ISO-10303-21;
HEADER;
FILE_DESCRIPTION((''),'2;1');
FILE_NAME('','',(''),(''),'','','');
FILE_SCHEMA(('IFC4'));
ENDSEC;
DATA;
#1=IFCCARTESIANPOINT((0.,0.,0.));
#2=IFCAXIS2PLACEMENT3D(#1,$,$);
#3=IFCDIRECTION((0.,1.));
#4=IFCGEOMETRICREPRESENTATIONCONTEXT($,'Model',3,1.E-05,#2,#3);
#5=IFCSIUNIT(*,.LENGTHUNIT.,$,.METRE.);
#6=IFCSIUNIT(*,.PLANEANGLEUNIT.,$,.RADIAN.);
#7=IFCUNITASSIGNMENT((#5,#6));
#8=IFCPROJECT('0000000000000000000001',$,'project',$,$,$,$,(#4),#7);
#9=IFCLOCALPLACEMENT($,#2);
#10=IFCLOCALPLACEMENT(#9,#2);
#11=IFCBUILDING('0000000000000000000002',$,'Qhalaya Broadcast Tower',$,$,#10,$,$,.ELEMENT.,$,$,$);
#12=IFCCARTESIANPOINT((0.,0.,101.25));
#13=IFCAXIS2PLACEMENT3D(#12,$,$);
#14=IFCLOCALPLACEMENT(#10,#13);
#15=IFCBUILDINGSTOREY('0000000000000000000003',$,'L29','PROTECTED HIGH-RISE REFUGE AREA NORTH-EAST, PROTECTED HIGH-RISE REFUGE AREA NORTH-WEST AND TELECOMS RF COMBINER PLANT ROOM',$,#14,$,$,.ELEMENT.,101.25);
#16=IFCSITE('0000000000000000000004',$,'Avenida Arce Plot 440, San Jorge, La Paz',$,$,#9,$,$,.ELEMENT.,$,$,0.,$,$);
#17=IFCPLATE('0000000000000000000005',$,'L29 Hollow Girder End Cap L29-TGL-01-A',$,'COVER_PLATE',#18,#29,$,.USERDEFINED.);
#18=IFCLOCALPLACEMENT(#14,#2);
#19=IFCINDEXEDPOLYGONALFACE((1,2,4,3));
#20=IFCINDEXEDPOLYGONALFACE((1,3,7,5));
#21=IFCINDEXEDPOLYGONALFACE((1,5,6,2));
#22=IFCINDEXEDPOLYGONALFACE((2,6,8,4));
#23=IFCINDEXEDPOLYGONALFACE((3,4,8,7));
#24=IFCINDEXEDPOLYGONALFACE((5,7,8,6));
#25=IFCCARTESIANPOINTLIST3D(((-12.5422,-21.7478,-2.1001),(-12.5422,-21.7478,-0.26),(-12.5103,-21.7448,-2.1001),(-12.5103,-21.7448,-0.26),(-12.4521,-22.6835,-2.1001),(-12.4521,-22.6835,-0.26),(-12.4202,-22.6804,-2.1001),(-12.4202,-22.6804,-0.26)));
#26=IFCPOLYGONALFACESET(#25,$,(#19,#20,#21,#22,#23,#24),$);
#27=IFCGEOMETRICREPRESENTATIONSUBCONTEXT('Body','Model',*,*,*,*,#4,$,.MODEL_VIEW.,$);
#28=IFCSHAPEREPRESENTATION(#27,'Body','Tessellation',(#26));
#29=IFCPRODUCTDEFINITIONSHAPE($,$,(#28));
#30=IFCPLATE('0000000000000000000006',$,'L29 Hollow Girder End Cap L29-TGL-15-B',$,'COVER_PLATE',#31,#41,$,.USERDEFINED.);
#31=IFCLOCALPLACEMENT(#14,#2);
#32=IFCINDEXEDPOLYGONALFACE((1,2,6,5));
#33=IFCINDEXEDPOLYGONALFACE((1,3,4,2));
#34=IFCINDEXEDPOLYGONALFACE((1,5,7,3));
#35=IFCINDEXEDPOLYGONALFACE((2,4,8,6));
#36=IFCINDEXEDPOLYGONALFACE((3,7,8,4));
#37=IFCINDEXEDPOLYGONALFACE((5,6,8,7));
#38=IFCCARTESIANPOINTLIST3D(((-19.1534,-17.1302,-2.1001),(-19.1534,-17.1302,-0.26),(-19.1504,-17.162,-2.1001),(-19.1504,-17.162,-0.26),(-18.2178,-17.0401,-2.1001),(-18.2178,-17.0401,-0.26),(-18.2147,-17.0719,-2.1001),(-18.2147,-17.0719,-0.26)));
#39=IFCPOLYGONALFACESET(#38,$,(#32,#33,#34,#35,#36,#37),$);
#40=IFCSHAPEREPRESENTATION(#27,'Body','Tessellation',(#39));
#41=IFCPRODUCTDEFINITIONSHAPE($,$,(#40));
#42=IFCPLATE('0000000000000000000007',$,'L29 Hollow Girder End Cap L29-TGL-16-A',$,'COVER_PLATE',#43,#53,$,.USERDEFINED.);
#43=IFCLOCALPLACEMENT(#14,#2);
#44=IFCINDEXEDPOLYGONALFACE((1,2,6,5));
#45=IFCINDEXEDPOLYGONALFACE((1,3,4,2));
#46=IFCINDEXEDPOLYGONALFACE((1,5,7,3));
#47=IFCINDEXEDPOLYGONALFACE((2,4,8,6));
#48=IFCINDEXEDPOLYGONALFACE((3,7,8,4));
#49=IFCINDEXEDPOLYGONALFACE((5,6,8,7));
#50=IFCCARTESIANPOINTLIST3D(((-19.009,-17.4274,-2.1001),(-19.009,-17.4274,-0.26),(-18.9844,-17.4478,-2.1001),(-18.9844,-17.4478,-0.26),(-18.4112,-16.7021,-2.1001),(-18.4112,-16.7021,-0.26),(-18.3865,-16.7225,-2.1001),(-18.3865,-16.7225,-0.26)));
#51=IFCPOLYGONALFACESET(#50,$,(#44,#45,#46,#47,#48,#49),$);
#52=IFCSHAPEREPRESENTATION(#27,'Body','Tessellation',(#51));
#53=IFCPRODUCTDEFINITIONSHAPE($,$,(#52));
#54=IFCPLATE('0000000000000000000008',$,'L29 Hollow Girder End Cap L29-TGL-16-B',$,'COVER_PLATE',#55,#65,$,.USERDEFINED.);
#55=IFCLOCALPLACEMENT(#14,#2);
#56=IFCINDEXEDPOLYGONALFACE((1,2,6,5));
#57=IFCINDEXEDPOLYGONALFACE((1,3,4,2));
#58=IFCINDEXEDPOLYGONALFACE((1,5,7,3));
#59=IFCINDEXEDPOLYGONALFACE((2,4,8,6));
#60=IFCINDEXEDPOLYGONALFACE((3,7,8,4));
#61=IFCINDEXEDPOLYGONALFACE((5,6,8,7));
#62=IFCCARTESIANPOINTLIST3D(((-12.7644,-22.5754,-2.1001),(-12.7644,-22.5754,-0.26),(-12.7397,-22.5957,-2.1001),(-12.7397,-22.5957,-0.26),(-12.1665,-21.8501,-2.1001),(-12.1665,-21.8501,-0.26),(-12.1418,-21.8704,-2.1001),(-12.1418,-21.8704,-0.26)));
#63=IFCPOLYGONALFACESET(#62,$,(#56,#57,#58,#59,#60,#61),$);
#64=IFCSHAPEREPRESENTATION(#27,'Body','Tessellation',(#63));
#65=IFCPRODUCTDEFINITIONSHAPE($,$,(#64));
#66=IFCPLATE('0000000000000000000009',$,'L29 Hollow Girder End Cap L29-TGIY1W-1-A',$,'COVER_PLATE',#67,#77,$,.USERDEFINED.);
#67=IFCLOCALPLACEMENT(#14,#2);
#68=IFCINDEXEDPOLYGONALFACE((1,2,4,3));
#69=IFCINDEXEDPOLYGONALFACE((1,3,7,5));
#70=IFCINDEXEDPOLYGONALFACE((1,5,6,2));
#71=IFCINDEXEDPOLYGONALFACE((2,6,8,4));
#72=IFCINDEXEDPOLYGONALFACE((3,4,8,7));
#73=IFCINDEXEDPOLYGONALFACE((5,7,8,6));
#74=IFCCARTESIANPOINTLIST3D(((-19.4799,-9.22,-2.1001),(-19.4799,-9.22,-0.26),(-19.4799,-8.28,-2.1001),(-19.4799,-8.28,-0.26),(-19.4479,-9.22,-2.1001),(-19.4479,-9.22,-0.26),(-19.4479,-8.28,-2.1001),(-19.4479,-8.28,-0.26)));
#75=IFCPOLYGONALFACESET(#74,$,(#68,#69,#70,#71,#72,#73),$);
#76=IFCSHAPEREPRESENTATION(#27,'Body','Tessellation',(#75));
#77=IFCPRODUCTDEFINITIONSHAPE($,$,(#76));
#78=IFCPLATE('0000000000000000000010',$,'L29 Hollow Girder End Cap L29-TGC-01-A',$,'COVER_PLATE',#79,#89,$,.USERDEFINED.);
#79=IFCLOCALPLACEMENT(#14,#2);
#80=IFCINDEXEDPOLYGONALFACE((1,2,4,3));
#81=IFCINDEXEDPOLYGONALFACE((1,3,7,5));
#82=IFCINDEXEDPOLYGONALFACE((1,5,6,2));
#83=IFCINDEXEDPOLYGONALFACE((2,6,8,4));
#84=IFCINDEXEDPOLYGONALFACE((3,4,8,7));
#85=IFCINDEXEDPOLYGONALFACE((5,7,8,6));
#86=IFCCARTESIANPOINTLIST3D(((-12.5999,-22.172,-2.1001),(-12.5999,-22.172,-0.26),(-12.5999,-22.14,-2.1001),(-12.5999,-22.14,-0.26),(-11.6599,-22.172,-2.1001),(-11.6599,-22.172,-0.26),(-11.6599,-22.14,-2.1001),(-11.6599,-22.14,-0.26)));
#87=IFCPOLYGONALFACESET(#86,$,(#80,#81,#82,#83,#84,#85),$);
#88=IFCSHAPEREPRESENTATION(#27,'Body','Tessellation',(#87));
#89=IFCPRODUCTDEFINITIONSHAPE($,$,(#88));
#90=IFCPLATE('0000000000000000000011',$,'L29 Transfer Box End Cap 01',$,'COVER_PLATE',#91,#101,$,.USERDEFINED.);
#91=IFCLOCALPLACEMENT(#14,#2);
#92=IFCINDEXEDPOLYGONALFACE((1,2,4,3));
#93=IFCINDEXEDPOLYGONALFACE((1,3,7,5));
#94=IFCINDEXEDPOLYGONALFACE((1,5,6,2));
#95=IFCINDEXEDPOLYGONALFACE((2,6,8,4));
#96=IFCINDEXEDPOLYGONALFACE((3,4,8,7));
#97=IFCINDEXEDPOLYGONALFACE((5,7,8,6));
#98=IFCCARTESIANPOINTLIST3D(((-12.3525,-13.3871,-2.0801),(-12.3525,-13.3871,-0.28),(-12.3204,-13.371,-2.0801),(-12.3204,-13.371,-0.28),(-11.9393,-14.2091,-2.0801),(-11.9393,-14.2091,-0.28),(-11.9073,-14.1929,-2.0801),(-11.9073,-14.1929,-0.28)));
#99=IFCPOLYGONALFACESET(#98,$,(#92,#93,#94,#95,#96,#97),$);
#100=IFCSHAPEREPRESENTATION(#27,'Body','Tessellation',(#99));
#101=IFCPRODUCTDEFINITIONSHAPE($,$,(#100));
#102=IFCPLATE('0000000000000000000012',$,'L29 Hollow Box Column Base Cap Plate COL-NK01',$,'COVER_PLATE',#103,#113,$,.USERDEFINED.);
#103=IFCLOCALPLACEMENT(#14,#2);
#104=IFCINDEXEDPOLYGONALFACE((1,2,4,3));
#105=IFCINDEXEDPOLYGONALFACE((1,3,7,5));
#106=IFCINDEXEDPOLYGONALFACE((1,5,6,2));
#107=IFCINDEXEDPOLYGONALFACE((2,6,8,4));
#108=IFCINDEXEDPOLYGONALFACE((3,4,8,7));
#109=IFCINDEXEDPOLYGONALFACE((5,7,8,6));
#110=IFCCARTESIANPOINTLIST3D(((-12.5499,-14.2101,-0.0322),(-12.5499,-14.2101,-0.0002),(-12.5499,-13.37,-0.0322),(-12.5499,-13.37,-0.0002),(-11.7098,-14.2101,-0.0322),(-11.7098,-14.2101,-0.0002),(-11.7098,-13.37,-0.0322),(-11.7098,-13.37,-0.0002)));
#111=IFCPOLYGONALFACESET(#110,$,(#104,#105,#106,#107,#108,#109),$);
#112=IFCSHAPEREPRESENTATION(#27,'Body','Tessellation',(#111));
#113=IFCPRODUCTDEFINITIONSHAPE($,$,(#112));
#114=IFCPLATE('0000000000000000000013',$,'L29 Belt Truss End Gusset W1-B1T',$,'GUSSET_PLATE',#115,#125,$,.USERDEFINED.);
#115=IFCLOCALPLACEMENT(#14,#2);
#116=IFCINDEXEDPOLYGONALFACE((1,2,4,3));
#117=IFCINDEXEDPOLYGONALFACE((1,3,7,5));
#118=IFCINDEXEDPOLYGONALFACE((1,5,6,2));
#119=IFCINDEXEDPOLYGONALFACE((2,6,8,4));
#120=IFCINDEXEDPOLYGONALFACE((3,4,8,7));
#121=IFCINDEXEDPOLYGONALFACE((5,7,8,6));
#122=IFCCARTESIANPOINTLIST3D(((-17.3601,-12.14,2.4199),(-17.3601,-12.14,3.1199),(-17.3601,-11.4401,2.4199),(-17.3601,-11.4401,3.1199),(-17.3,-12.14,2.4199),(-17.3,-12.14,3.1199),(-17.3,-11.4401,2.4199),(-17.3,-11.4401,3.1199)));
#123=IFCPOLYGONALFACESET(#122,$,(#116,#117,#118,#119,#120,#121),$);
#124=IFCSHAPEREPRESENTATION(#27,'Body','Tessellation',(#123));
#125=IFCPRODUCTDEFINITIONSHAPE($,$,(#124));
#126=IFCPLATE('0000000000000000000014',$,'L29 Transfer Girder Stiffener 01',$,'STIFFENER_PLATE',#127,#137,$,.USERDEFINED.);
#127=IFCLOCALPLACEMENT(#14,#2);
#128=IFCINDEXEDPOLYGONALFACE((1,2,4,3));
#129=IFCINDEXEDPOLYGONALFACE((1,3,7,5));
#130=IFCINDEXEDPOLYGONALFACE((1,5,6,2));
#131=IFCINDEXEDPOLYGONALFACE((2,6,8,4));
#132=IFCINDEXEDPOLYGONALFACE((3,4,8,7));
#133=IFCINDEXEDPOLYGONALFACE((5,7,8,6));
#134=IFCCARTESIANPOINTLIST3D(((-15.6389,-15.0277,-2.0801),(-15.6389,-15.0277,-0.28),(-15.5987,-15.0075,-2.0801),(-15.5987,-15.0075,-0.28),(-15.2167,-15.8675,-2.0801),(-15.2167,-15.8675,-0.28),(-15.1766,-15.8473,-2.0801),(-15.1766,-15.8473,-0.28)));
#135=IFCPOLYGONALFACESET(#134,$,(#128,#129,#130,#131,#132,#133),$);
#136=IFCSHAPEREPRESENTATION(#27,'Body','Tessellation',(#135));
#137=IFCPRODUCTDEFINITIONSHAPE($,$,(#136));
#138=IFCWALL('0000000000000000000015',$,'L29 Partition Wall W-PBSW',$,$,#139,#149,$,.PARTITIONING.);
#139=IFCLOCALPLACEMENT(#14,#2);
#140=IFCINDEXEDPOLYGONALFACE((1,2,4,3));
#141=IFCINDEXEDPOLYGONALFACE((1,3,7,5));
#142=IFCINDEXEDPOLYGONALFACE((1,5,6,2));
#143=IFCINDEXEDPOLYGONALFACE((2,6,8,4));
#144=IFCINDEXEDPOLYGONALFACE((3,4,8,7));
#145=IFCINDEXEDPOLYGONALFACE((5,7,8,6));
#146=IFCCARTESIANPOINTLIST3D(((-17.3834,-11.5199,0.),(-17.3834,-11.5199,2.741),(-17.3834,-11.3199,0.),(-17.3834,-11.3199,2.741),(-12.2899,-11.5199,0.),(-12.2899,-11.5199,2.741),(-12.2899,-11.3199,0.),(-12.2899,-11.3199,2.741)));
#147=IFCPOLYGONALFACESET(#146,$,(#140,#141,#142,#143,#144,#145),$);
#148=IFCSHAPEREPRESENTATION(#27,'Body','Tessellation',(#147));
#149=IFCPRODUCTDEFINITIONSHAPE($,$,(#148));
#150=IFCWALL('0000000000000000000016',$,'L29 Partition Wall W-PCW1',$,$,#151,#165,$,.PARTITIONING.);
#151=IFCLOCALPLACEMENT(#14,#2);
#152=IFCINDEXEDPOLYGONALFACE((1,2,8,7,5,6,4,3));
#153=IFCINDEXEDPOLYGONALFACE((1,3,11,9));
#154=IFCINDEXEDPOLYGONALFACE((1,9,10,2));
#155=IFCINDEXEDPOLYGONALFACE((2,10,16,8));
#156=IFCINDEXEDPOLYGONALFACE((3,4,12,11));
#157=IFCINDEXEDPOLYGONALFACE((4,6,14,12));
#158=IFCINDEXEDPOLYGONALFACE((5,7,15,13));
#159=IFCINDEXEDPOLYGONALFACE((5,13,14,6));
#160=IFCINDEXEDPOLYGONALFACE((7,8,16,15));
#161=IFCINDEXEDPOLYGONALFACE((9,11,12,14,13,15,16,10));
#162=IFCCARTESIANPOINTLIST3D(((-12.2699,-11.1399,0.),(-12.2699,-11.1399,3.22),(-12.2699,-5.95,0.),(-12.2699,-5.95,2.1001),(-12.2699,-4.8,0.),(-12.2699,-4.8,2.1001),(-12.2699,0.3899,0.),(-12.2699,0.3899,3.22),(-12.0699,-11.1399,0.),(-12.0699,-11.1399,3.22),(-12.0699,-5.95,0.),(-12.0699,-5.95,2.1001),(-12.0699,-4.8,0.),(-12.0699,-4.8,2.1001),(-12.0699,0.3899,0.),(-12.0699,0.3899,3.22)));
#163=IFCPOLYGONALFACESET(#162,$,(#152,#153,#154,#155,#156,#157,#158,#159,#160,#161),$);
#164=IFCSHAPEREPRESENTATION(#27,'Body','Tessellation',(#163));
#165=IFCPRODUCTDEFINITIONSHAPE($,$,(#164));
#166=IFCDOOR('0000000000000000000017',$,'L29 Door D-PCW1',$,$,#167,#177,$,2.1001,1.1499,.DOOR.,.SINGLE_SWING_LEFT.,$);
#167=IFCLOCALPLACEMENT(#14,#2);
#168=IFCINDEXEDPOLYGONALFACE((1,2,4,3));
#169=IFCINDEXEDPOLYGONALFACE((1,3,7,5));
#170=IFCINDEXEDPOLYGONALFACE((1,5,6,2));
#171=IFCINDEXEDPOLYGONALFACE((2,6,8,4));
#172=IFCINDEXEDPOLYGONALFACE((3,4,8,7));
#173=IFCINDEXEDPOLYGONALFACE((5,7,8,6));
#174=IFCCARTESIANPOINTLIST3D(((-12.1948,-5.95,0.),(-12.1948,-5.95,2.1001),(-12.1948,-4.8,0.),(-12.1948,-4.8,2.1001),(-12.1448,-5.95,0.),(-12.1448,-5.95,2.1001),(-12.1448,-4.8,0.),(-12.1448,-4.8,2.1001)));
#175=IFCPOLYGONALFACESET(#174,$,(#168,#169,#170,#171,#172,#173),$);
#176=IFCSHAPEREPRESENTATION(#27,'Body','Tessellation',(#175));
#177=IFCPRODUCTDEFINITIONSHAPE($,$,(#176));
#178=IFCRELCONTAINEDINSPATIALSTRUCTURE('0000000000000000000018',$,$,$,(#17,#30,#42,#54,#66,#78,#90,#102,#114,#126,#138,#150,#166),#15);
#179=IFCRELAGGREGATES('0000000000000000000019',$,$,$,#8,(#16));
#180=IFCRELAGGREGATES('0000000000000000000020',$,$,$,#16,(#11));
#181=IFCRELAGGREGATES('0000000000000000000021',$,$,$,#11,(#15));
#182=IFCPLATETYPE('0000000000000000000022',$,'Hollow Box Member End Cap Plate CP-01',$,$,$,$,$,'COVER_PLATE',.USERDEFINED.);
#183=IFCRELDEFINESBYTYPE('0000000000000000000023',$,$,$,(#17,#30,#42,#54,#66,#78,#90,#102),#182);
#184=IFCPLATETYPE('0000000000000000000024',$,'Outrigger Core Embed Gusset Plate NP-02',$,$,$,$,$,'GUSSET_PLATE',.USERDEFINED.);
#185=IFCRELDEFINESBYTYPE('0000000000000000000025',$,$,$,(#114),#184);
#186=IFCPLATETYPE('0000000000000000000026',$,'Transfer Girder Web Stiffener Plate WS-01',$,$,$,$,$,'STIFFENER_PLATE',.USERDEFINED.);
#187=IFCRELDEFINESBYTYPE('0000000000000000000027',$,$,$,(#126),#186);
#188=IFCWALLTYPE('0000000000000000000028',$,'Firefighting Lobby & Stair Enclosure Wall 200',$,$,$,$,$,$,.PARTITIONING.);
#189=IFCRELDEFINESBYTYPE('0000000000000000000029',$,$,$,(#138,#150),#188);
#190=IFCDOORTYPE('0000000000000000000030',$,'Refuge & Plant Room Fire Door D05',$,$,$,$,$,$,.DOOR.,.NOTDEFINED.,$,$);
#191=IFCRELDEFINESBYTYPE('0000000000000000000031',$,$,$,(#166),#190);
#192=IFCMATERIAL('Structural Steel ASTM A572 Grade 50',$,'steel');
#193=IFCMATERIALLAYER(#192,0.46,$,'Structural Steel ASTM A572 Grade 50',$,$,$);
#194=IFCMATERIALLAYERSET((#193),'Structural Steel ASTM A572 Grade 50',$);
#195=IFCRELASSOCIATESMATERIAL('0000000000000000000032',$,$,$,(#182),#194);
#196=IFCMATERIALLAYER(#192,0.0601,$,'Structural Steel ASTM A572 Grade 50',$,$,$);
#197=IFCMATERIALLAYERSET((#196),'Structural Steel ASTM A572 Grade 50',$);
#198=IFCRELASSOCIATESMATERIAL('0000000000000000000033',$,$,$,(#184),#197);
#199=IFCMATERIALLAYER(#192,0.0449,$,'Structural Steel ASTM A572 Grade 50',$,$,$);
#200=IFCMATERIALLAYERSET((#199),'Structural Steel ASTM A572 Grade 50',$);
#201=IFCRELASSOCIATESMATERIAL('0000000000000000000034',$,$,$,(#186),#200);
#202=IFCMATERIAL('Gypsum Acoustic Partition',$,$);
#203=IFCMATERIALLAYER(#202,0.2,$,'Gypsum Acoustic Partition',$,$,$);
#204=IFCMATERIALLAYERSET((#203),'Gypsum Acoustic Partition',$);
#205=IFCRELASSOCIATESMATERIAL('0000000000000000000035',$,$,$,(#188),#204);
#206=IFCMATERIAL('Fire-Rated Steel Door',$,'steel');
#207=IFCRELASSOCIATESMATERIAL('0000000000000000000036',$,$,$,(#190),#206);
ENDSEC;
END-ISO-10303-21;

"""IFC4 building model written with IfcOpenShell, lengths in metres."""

from ifc_helpers import new_model, si_unit, direction, frame, frame_2d, origin, origin_2d, place, context, subcontext, project, spatial, rectangle, extrude, material, layer, layer_set, type_object, element, fill, save


model = new_model("IFC4")

# Units and contexts
model_context = context("Model", 3, precision=1e-05, world=origin(), true_north=direction((0.0, 1.0)))
body_context = subcontext(model_context, "Body", "Model", "MODEL_VIEW")
ifc_project = project(units=[si_unit("LENGTHUNIT", "METRE"), si_unit("PLANEANGLEUNIT", "RADIAN")], contexts=[model_context])

# Site, building, storey
site_placement = place(None, origin())
site = spatial("IfcSite", under=ifc_project, at=site_placement, Name="Avenida Arce Plot 440, San Jorge, La Paz", CompositionType="ELEMENT", RefElevation=0.0)
building_placement = place(site_placement, origin())
building = spatial("IfcBuilding", under=site, at=building_placement, Name="Qhalaya Broadcast Tower", CompositionType="ELEMENT")
storey_placement = place(building_placement, frame((0.0, 0.0, 101.25)))
storey = spatial("IfcBuildingStorey", under=building, at=storey_placement, Name="L29", Description="PROTECTED HIGH-RISE REFUGE AREA NORTH-EAST, PROTECTED HIGH-RISE REFUGE AREA NORTH-WEST AND TELECOMS RF COMBINER PLANT ROOM", CompositionType="ELEMENT", Elevation=101.25)

# Shared definitions
ifc_material_1 = material(Name="Structural Steel ASTM A572 Grade 50", Category="steel")

# Plates
ifc_layer_1 = layer(ifc_material_1, 0.46, Name="Structural Steel ASTM A572 Grade 50")
ifc_layer_set_1 = layer_set([ifc_layer_1], Name="Structural Steel ASTM A572 Grade 50")
plate_type_1 = type_object("IfcPlateType", Name="Hollow Box Member End Cap Plate CP-01", ElementType="COVER_PLATE", PredefinedType="USERDEFINED", material=ifc_layer_set_1)
for number, where, z_axis, x_axis, name in (
    (1, (-12.4812, -22.2141, -2.1001), (0.0, 0.0, 1.0), (-0.095846, 0.995396, 0.0), "L29 Hollow Girder End Cap L29-TGL-01-A"),
    (2, (-18.6841, -17.1011, -2.1001), (0.0, 0.0, 1.0), (0.995396, 0.095846, 0.0), "L29 Hollow Girder End Cap L29-TGL-15-B"),
    (3, (-18.6978, -17.075, -2.1001), (0.0, 0.0, 1.0), (0.636078, 0.771625, 0.0), "L29 Hollow Girder End Cap L29-TGL-16-A"),
    (4, (-12.4531, -22.2229, -2.1001), (0.0, 0.0, 1.0), (0.636078, 0.771625, 0.0), "L29 Hollow Girder End Cap L29-TGL-16-B"),
    (5, (-19.4639, -8.75, -2.1001), (0.0, 0.0, 1.0), (0.0, 1.0, 0.0), "L29 Hollow Girder End Cap L29-TGIY1W-1-A"),
    (6, (-12.1299, -22.156, -2.1001), (0.0, 0.0, 1.0), (-1.0, 0.0, 0.0), "L29 Hollow Girder End Cap L29-TGC-01-A"),
):
    element("IfcPlate", number, at=place(storey_placement, frame(where, z_axis=z_axis, x_axis=x_axis)), inside=storey, type_object=plate_type_1, Name=name, ObjectType="COVER_PLATE", PredefinedType="USERDEFINED", context=body_context, shape_type="SweptSolid", body=[
        extrude(rectangle(XDim=0.9399, YDim=0.032, at=origin_2d()), origin(), (0.0, 0.0, 1.0), 1.8401),
    ])
plate_1_placement = place(storey_placement, frame((-12.1299, -13.79, -2.0801), z_axis=(0.0, 0.0, 1.0), x_axis=(-0.449116, 0.893473, 0.0)))
element("IfcPlate", 7, at=plate_1_placement, inside=storey, type_object=plate_type_1, Name="L29 Transfer Box End Cap 01", ObjectType="COVER_PLATE", PredefinedType="USERDEFINED", context=body_context, shape_type="SweptSolid", body=[
    extrude(rectangle(XDim=0.9199, YDim=0.0359, at=origin_2d()), origin(), (0.0, 0.0, 1.0), 1.8),
])
plate_2_placement = place(storey_placement, frame((-12.1299, -13.79, -0.0322), z_axis=(0.0, 0.0, 1.0), x_axis=(1.0, 0.0, 0.0)))
element("IfcPlate", 8, at=plate_2_placement, inside=storey, type_object=plate_type_1, Name="L29 Hollow Box Column Base Cap Plate COL-NK01", ObjectType="COVER_PLATE", PredefinedType="USERDEFINED", context=body_context, shape_type="SweptSolid", body=[
    extrude(rectangle(XDim=0.8401, YDim=0.8401, at=origin_2d()), origin(), (0.0, 0.0, 1.0), 0.032),
])
ifc_layer_2 = layer(ifc_material_1, 0.0601, Name="Structural Steel ASTM A572 Grade 50")
ifc_layer_set_2 = layer_set([ifc_layer_2], Name="Structural Steel ASTM A572 Grade 50")
plate_type_2 = type_object("IfcPlateType", Name="Outrigger Core Embed Gusset Plate NP-02", ElementType="GUSSET_PLATE", PredefinedType="USERDEFINED", material=ifc_layer_set_2)
plate_3_placement = place(storey_placement, frame((-17.3301, -11.79, 2.4199), z_axis=(0.0, 0.0, 1.0), x_axis=(0.0, 1.0, 0.0)))
element("IfcPlate", 9, at=plate_3_placement, inside=storey, type_object=plate_type_2, Name="L29 Belt Truss End Gusset W1-B1T", ObjectType="GUSSET_PLATE", PredefinedType="USERDEFINED", context=body_context, shape_type="SweptSolid", body=[
    extrude(rectangle(XDim=0.7, YDim=0.0601, at=origin_2d()), origin(), (0.0, 0.0, 1.0), 0.7),
])
ifc_layer_3 = layer(ifc_material_1, 0.0449, Name="Structural Steel ASTM A572 Grade 50")
ifc_layer_set_3 = layer_set([ifc_layer_3], Name="Structural Steel ASTM A572 Grade 50")
plate_type_3 = type_object("IfcPlateType", Name="Transfer Girder Web Stiffener Plate WS-01", ElementType="STIFFENER_PLATE", PredefinedType="USERDEFINED", material=ifc_layer_set_3)
plate_4_placement = place(storey_placement, frame((-15.4077, -15.4375, -2.0801), z_axis=(0.0, 0.0, 1.0), x_axis=(-0.449116, 0.893473, 0.0)))
element("IfcPlate", 10, at=plate_4_placement, inside=storey, type_object=plate_type_3, Name="L29 Transfer Girder Stiffener 01", ObjectType="STIFFENER_PLATE", PredefinedType="USERDEFINED", context=body_context, shape_type="SweptSolid", body=[
    extrude(rectangle(XDim=0.9399, YDim=0.0449, at=origin_2d()), origin(), (0.0, 0.0, 1.0), 1.8),
])

# Wall
ifc_material_2 = material(Name="Gypsum Acoustic Partition")
ifc_layer_4 = layer(ifc_material_2, 0.2, Name="Gypsum Acoustic Partition")
ifc_layer_set_4 = layer_set([ifc_layer_4], Name="Gypsum Acoustic Partition")
wall_type = type_object("IfcWallType", Name="Firefighting Lobby & Stair Enclosure Wall 200", PredefinedType="PARTITIONING", material=ifc_layer_set_4)
wall_1_placement = place(storey_placement, frame((-17.3835, -11.4199, 0.0), z_axis=(0.0, 0.0, 1.0), x_axis=(1.0, 0.0, 0.0)))
element("IfcWall", 11, at=wall_1_placement, inside=storey, type_object=wall_type, Name="L29 Partition Wall W-PBSW", PredefinedType="PARTITIONING", context=body_context, shape_type="SweptSolid", body=[
    extrude(rectangle(XDim=5.0935, YDim=0.2, at=frame_2d((2.5469, 0.0))), origin(), (0.0, 0.0, 1.0), 2.741),
])

# Wall, opening, door
wall_2_placement = place(storey_placement, frame((-12.1699, -11.1399, 0.0), z_axis=(0.0, 0.0, 1.0), x_axis=(0.0, 1.0, 0.0)))
wall_2 = element("IfcWall", 12, at=wall_2_placement, inside=storey, type_object=wall_type, Name="L29 Partition Wall W-PCW1", PredefinedType="PARTITIONING", context=body_context, shape_type="SweptSolid", body=[
    extrude(rectangle(XDim=11.5298, YDim=0.2, at=frame_2d((5.7649, 0.0))), origin(), (0.0, 0.0, 1.0), 3.22),
])
opening_placement = place(wall_2_placement, frame((5.1899, 0.0, 0.0)))
opening = element("IfcOpeningElement", 13, at=opening_placement, cuts=wall_2, PredefinedType="OPENING", context=body_context, shape_type="SweptSolid", body=[
    extrude(rectangle(XDim=1.1499, YDim=2.1001, at=frame_2d((0.575, 1.05))), frame((0.0, 0.1121, 0.0), z_axis=(0.0, -1.0, 0.0), x_axis=(1.0, 0.0, 0.0)), (0.0, 0.0, 1.0), 0.2239),
])
ifc_material_3 = material(Name="Fire-Rated Steel Door", Category="steel")
door_type = type_object("IfcDoorType", Name="Refuge & Plant Room Fire Door D05", OperationType="NOTDEFINED", PredefinedType="DOOR", material=ifc_material_3)
door_placement = place(opening_placement, origin())
door = element("IfcDoor", 14, at=door_placement, inside=storey, type_object=door_type, Name="L29 Door D-PCW1", OperationType="SINGLE_SWING_LEFT", OverallHeight=2.1001, OverallWidth=1.1499, PredefinedType="DOOR", context=body_context, shape_type="SweptSolid", body=[
    extrude(rectangle(XDim=1.1499, YDim=2.1001, at=frame_2d((0.575, 1.05))), frame((0.0, 0.0249, 0.0), z_axis=(0.0, -1.0, 0.0), x_axis=(1.0, 0.0, 0.0)), (0.0, 0.0, 1.0), 0.05),
])
fill(opening, door)

save(model, "model.ifc")
